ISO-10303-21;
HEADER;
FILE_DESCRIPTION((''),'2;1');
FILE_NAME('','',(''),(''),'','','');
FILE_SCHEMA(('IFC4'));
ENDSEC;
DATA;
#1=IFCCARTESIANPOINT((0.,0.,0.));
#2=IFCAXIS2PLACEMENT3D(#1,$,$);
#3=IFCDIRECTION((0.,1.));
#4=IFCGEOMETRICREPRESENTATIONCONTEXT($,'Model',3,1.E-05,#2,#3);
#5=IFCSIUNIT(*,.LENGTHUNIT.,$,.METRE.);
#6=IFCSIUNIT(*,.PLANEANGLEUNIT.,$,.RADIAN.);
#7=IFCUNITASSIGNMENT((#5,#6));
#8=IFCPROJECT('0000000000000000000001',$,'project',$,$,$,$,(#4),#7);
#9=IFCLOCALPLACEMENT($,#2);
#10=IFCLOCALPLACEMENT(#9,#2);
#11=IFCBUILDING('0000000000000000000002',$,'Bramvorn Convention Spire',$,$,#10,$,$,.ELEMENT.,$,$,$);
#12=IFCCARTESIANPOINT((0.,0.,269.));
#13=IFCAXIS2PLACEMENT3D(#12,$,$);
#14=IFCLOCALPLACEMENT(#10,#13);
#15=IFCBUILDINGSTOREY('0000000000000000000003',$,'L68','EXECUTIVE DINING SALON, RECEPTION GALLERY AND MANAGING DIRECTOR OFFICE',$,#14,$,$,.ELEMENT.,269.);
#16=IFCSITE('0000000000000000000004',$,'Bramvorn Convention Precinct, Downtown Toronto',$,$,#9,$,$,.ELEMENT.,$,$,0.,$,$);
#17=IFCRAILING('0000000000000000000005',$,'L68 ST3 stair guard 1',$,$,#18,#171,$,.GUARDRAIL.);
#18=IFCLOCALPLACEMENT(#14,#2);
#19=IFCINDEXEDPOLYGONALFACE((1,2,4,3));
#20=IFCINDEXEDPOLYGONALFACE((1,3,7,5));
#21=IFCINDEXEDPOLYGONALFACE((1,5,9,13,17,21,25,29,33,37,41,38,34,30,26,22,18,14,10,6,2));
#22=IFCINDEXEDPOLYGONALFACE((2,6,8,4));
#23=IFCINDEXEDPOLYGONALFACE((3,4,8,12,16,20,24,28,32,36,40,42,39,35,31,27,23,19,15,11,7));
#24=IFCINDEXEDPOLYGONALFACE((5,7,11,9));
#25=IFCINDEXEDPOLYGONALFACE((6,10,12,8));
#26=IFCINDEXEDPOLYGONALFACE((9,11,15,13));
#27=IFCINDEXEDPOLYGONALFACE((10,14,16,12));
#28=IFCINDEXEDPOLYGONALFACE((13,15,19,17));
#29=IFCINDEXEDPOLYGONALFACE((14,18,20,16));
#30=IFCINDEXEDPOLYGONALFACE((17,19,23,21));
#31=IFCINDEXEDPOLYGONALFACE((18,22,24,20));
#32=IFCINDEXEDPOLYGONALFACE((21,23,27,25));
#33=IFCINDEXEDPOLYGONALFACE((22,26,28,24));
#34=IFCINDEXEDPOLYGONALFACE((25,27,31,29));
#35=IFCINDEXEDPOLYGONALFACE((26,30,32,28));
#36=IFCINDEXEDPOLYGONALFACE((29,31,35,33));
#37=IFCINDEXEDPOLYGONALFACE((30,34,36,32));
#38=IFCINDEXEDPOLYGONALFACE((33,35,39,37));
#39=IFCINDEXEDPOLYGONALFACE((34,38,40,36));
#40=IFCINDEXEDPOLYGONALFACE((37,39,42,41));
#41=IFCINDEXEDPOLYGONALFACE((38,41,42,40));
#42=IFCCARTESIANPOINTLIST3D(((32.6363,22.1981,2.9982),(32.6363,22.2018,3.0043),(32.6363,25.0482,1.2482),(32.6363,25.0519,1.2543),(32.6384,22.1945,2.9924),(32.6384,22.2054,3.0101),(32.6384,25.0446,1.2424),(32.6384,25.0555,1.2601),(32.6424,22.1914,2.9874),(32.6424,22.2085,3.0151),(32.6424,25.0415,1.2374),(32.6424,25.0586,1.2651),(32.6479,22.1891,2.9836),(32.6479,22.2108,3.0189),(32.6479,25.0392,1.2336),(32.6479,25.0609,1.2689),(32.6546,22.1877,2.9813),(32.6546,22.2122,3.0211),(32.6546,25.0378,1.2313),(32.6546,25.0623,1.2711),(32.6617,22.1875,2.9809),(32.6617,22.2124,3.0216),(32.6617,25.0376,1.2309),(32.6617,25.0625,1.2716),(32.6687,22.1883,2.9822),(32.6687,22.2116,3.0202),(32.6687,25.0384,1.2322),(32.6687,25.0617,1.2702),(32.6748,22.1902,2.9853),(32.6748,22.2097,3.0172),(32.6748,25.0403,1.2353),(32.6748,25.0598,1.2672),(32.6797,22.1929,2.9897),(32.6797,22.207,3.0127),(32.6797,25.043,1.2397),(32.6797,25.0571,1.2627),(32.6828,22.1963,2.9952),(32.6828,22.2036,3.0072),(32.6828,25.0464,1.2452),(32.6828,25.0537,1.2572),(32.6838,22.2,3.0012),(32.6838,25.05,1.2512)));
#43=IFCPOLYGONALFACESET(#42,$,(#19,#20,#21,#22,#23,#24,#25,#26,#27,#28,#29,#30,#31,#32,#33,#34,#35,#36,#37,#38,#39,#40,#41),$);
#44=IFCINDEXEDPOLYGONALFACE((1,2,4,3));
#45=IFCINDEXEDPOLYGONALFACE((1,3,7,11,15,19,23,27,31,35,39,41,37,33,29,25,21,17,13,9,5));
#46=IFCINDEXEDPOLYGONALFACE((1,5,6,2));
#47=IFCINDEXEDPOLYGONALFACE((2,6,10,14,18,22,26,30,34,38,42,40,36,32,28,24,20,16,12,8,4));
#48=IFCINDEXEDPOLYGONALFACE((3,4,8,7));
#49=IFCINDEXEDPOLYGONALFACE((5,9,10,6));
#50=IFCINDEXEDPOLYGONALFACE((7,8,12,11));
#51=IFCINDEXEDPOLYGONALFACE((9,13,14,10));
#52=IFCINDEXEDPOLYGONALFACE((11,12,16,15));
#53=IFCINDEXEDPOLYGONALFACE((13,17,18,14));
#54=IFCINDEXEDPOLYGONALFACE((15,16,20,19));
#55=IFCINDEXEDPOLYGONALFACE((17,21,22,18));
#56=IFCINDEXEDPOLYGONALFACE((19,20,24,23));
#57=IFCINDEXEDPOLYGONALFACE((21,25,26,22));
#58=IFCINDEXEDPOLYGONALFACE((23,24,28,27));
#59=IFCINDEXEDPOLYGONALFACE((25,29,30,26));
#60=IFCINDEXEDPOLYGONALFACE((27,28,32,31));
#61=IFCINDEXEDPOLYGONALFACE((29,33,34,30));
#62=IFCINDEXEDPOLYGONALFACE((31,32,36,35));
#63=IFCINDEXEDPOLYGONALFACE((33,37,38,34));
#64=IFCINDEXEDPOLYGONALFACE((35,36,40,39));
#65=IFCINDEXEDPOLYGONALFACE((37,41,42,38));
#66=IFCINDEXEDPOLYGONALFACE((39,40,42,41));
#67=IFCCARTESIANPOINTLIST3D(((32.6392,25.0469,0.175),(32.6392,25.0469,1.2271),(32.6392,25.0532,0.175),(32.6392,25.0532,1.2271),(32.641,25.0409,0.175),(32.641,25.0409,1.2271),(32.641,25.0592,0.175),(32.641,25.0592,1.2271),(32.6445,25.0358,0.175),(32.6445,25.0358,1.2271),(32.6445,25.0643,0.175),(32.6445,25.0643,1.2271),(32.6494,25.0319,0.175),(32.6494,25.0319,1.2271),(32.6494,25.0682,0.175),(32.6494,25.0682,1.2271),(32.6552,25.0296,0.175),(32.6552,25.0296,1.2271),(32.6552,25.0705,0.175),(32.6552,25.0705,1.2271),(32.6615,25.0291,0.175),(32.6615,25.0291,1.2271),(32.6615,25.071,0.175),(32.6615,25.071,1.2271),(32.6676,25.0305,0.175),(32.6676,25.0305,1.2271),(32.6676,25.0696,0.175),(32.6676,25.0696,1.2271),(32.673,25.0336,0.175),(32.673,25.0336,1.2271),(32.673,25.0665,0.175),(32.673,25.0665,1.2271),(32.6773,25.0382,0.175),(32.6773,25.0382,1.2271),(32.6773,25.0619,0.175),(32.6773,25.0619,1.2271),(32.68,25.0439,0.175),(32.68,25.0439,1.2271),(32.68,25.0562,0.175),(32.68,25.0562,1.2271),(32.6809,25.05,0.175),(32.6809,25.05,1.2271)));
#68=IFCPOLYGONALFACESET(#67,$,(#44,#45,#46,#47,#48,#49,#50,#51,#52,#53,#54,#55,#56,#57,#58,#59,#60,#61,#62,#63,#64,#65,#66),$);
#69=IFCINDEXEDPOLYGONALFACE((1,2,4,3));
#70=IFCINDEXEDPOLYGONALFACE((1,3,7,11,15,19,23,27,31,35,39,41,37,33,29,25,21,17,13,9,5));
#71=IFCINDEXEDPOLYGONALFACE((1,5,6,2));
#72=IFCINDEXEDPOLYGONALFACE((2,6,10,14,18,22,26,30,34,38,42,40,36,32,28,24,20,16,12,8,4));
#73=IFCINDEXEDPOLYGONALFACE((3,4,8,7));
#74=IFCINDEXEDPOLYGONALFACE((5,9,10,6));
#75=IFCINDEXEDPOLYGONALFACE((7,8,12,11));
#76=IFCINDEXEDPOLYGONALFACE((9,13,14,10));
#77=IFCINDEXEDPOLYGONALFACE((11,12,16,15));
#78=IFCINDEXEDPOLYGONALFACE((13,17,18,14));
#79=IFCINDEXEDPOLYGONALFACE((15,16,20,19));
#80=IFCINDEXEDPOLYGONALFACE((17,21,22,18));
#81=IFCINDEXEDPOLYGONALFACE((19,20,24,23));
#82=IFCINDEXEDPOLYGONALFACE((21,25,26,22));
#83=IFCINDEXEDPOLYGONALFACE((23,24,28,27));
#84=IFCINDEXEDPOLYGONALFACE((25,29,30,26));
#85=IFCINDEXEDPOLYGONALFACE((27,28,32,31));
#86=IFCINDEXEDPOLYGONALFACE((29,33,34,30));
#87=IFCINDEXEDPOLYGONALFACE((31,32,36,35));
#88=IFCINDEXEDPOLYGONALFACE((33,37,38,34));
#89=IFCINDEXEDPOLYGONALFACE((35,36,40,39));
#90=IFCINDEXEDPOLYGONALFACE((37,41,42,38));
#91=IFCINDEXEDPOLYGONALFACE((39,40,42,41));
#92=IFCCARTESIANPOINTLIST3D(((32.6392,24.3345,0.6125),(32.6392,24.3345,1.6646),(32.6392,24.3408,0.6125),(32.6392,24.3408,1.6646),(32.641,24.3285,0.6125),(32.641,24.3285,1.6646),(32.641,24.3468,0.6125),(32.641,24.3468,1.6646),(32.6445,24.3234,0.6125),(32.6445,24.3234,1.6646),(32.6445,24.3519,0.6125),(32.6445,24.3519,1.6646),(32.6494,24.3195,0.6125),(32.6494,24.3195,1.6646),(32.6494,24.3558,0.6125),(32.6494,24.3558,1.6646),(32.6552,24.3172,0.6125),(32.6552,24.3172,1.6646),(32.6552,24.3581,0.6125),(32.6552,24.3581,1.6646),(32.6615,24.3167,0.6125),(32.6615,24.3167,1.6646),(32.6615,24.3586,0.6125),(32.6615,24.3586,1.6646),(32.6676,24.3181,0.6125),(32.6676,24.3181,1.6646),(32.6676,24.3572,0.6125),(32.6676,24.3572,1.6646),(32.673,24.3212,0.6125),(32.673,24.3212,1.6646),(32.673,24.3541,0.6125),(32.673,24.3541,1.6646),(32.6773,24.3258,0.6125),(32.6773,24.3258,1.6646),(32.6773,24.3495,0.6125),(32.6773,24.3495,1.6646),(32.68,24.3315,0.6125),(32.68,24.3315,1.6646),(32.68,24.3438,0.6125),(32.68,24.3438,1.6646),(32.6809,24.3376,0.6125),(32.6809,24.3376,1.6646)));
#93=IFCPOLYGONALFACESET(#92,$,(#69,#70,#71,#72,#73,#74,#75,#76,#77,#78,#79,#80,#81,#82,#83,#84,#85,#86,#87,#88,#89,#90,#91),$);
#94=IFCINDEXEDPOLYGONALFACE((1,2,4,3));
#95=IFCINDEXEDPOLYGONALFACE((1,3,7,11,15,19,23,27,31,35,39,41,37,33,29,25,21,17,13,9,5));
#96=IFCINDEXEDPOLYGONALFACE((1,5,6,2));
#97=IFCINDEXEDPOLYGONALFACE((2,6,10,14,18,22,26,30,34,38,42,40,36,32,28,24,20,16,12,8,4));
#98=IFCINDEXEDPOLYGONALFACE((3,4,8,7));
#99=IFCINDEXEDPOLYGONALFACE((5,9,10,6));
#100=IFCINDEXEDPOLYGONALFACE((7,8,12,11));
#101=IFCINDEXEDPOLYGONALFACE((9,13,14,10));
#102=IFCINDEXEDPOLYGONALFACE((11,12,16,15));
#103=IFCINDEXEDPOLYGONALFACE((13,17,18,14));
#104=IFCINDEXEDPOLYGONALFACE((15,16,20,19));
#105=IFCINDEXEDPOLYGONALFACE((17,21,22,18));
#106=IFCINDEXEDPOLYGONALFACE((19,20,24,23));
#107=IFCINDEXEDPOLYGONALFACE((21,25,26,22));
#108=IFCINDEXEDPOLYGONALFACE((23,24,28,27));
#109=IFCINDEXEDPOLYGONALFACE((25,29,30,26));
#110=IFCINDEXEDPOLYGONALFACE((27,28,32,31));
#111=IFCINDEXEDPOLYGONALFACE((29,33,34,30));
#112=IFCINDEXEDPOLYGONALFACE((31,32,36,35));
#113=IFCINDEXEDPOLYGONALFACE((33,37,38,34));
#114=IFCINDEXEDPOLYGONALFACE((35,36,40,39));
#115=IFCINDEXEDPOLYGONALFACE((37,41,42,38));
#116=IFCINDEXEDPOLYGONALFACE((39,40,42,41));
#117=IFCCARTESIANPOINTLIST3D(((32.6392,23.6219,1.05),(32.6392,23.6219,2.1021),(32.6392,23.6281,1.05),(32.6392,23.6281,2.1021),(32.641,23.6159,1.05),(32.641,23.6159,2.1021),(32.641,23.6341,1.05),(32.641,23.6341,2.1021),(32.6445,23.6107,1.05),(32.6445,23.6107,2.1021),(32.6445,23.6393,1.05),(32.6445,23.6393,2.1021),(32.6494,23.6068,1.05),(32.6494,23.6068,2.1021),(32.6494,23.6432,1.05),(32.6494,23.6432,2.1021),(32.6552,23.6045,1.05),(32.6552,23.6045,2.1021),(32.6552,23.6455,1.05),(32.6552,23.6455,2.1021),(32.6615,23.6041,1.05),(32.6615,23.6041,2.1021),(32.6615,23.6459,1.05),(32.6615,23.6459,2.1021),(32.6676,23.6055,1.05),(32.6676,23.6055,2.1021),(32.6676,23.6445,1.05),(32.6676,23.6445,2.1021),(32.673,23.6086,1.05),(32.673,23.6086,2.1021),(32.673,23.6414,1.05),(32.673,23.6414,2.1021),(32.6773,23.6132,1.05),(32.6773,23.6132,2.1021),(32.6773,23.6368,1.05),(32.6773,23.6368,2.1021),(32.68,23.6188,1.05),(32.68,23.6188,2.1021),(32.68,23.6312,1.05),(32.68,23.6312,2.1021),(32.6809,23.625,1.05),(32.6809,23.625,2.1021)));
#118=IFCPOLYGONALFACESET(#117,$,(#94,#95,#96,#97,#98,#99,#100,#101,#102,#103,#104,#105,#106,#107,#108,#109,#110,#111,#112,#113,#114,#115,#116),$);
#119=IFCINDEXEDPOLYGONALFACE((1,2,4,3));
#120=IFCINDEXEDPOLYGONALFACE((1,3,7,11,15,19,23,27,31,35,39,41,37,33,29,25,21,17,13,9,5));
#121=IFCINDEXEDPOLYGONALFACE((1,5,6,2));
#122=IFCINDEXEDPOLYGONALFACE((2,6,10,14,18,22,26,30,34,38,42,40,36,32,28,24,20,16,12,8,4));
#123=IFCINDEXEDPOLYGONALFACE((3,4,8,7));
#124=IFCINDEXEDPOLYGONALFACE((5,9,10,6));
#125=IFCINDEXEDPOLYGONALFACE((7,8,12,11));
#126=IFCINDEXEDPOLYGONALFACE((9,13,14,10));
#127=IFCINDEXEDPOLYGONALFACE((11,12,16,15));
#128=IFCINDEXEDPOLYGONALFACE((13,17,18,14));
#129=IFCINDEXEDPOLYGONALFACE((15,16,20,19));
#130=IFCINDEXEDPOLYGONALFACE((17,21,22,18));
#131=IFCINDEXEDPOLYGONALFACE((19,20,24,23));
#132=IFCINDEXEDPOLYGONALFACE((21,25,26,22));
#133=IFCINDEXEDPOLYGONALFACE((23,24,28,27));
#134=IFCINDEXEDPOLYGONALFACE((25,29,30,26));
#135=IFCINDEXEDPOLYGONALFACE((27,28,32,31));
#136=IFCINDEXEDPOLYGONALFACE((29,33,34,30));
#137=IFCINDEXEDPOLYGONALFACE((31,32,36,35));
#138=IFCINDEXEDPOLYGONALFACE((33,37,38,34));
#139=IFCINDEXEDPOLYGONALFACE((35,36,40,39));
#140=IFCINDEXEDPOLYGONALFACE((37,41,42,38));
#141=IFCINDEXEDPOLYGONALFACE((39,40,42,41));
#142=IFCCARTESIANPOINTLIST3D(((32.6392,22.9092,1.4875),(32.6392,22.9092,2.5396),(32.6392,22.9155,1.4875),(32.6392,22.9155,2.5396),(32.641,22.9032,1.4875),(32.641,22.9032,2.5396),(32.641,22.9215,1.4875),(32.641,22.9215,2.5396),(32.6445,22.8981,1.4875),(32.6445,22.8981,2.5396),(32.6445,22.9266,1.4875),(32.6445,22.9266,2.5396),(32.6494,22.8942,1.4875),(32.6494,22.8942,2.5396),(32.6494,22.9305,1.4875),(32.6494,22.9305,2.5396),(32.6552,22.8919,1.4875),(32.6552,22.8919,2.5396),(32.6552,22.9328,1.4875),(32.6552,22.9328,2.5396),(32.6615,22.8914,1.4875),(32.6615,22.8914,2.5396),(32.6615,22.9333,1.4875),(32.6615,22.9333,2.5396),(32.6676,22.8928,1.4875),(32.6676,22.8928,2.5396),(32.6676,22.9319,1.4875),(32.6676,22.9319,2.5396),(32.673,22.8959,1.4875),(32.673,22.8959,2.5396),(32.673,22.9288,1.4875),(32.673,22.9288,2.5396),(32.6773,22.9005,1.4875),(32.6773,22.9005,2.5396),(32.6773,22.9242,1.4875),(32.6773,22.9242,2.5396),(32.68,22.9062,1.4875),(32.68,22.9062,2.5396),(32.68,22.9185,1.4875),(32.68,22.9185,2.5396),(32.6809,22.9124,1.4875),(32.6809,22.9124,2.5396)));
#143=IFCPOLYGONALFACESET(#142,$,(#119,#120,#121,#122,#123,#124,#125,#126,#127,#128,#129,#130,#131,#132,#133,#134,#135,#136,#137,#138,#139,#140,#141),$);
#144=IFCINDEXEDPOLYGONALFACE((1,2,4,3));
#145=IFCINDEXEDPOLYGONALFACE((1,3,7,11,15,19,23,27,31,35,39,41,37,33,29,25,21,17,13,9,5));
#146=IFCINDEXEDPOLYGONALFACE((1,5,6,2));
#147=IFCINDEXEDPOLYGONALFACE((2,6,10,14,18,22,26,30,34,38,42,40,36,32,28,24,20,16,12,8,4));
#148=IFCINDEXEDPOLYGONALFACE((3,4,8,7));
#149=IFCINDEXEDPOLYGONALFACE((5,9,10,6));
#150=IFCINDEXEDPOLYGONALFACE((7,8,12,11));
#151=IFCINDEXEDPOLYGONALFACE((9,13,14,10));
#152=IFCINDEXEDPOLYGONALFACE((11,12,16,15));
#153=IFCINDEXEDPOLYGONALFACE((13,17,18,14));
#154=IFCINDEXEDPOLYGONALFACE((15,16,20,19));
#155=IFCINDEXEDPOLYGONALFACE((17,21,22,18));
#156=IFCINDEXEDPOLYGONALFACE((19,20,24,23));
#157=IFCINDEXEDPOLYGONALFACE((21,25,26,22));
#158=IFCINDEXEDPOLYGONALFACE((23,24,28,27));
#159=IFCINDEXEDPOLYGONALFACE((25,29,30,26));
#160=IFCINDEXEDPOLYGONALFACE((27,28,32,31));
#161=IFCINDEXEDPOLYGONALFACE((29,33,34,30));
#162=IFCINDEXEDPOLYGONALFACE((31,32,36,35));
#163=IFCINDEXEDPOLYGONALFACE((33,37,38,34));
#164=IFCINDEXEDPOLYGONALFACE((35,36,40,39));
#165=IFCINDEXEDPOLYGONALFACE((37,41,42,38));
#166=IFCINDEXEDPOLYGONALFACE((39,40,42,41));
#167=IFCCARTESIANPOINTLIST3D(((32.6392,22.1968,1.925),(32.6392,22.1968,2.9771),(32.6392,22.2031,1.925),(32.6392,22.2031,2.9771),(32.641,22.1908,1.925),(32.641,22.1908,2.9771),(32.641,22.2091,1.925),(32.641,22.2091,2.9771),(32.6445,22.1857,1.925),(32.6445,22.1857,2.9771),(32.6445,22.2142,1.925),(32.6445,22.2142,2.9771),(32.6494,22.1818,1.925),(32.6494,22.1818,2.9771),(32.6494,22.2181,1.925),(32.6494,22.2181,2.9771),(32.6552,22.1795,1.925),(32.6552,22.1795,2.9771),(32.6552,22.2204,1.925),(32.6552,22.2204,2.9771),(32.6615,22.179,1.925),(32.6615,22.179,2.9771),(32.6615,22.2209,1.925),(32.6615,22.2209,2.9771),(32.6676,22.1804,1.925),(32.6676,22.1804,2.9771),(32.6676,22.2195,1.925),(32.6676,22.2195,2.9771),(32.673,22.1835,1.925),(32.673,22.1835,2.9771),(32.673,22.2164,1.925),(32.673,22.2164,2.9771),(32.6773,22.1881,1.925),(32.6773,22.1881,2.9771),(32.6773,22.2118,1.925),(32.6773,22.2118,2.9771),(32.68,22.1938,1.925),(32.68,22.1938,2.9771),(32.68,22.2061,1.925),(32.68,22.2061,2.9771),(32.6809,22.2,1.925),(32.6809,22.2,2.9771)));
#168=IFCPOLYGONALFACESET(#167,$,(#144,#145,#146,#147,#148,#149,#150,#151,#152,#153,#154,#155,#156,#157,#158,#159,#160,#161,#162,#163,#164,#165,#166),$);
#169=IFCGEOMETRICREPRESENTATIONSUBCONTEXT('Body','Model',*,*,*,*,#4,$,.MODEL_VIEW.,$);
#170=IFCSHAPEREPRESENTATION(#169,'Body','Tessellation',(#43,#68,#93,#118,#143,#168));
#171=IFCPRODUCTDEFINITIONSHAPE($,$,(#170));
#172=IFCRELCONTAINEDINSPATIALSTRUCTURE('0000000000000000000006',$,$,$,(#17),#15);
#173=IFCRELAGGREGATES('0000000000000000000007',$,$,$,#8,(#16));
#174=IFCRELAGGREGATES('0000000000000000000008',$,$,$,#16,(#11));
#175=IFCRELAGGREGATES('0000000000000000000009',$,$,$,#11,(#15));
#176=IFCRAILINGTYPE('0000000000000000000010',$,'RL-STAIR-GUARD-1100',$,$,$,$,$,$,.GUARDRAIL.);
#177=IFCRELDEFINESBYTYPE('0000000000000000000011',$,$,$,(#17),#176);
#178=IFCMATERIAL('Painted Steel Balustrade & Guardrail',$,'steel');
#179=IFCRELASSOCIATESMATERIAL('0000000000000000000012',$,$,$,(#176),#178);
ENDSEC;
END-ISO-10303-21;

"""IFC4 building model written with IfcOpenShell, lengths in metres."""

from ifc_helpers import new_model, si_unit, direction, frame, origin, origin_2d, place, context, subcontext, project, spatial, circle, extrude, material, type_object, element, save


model = new_model("IFC4")

# Units and contexts
model_context = context("Model", 3, precision=1e-05, world=origin(), true_north=direction((0.0, 1.0)))
body_context = subcontext(model_context, "Body", "Model", "MODEL_VIEW")
ifc_project = project(units=[si_unit("LENGTHUNIT", "METRE"), si_unit("PLANEANGLEUNIT", "RADIAN")], contexts=[model_context])

# Site, building, storey
site_placement = place(None, origin())
site = spatial("IfcSite", under=ifc_project, at=site_placement, Name="Bramvorn Convention Precinct, Downtown Toronto", CompositionType="ELEMENT", RefElevation=0.0)
building_placement = place(site_placement, origin())
building = spatial("IfcBuilding", under=site, at=building_placement, Name="Bramvorn Convention Spire", CompositionType="ELEMENT")
storey_placement = place(building_placement, frame((0.0, 0.0, 269.0)))
storey = spatial("IfcBuildingStorey", under=building, at=storey_placement, Name="L68", Description="EXECUTIVE DINING SALON, RECEPTION GALLERY AND MANAGING DIRECTOR OFFICE", CompositionType="ELEMENT", Elevation=269.0)

# Railing
ifc_material_1 = material(Name="Painted Steel Balustrade & Guardrail", Category="steel")
railing_type_1 = type_object("IfcRailingType", Name="RL-STAIR-GUARD-1100", PredefinedType="GUARDRAIL", material=ifc_material_1)
railing_1_placement = place(storey_placement, frame((32.6599, 25.05, 0.175)))
element("IfcRailing", 1, at=railing_1_placement, inside=storey, type_object=railing_type_1, Name="L68 ST3 stair guard 1", PredefinedType="GUARDRAIL", context=body_context, shape_type="SweptSolid", body=[
    extrude(circle(Radius=0.0239, at=origin_2d()), frame((0.0, 0.0, 1.0762), z_axis=(0.0, -0.852179, 0.52325), x_axis=(1.0, 0.0, 0.0)), (0.0, 0.0, 1.0), 3.3445),
    extrude(circle(Radius=0.021, at=origin_2d()), origin(), (0.0, 0.0, 1.0), 1.052),
    extrude(circle(Radius=0.021, at=origin_2d()), frame((0.0, -0.7124, 0.4375)), (0.0, 0.0, 1.0), 1.052),
    extrude(circle(Radius=0.021, at=origin_2d()), frame((0.0, -1.425, 0.875)), (0.0, 0.0, 1.0), 1.052),
    extrude(circle(Radius=0.021, at=origin_2d()), frame((0.0, -2.1377, 1.3125)), (0.0, 0.0, 1.0), 1.052),
    extrude(circle(Radius=0.021, at=origin_2d()), frame((0.0, -2.8501, 1.75)), (0.0, 0.0, 1.0), 1.052),
])

save(model, "model.ifc")
